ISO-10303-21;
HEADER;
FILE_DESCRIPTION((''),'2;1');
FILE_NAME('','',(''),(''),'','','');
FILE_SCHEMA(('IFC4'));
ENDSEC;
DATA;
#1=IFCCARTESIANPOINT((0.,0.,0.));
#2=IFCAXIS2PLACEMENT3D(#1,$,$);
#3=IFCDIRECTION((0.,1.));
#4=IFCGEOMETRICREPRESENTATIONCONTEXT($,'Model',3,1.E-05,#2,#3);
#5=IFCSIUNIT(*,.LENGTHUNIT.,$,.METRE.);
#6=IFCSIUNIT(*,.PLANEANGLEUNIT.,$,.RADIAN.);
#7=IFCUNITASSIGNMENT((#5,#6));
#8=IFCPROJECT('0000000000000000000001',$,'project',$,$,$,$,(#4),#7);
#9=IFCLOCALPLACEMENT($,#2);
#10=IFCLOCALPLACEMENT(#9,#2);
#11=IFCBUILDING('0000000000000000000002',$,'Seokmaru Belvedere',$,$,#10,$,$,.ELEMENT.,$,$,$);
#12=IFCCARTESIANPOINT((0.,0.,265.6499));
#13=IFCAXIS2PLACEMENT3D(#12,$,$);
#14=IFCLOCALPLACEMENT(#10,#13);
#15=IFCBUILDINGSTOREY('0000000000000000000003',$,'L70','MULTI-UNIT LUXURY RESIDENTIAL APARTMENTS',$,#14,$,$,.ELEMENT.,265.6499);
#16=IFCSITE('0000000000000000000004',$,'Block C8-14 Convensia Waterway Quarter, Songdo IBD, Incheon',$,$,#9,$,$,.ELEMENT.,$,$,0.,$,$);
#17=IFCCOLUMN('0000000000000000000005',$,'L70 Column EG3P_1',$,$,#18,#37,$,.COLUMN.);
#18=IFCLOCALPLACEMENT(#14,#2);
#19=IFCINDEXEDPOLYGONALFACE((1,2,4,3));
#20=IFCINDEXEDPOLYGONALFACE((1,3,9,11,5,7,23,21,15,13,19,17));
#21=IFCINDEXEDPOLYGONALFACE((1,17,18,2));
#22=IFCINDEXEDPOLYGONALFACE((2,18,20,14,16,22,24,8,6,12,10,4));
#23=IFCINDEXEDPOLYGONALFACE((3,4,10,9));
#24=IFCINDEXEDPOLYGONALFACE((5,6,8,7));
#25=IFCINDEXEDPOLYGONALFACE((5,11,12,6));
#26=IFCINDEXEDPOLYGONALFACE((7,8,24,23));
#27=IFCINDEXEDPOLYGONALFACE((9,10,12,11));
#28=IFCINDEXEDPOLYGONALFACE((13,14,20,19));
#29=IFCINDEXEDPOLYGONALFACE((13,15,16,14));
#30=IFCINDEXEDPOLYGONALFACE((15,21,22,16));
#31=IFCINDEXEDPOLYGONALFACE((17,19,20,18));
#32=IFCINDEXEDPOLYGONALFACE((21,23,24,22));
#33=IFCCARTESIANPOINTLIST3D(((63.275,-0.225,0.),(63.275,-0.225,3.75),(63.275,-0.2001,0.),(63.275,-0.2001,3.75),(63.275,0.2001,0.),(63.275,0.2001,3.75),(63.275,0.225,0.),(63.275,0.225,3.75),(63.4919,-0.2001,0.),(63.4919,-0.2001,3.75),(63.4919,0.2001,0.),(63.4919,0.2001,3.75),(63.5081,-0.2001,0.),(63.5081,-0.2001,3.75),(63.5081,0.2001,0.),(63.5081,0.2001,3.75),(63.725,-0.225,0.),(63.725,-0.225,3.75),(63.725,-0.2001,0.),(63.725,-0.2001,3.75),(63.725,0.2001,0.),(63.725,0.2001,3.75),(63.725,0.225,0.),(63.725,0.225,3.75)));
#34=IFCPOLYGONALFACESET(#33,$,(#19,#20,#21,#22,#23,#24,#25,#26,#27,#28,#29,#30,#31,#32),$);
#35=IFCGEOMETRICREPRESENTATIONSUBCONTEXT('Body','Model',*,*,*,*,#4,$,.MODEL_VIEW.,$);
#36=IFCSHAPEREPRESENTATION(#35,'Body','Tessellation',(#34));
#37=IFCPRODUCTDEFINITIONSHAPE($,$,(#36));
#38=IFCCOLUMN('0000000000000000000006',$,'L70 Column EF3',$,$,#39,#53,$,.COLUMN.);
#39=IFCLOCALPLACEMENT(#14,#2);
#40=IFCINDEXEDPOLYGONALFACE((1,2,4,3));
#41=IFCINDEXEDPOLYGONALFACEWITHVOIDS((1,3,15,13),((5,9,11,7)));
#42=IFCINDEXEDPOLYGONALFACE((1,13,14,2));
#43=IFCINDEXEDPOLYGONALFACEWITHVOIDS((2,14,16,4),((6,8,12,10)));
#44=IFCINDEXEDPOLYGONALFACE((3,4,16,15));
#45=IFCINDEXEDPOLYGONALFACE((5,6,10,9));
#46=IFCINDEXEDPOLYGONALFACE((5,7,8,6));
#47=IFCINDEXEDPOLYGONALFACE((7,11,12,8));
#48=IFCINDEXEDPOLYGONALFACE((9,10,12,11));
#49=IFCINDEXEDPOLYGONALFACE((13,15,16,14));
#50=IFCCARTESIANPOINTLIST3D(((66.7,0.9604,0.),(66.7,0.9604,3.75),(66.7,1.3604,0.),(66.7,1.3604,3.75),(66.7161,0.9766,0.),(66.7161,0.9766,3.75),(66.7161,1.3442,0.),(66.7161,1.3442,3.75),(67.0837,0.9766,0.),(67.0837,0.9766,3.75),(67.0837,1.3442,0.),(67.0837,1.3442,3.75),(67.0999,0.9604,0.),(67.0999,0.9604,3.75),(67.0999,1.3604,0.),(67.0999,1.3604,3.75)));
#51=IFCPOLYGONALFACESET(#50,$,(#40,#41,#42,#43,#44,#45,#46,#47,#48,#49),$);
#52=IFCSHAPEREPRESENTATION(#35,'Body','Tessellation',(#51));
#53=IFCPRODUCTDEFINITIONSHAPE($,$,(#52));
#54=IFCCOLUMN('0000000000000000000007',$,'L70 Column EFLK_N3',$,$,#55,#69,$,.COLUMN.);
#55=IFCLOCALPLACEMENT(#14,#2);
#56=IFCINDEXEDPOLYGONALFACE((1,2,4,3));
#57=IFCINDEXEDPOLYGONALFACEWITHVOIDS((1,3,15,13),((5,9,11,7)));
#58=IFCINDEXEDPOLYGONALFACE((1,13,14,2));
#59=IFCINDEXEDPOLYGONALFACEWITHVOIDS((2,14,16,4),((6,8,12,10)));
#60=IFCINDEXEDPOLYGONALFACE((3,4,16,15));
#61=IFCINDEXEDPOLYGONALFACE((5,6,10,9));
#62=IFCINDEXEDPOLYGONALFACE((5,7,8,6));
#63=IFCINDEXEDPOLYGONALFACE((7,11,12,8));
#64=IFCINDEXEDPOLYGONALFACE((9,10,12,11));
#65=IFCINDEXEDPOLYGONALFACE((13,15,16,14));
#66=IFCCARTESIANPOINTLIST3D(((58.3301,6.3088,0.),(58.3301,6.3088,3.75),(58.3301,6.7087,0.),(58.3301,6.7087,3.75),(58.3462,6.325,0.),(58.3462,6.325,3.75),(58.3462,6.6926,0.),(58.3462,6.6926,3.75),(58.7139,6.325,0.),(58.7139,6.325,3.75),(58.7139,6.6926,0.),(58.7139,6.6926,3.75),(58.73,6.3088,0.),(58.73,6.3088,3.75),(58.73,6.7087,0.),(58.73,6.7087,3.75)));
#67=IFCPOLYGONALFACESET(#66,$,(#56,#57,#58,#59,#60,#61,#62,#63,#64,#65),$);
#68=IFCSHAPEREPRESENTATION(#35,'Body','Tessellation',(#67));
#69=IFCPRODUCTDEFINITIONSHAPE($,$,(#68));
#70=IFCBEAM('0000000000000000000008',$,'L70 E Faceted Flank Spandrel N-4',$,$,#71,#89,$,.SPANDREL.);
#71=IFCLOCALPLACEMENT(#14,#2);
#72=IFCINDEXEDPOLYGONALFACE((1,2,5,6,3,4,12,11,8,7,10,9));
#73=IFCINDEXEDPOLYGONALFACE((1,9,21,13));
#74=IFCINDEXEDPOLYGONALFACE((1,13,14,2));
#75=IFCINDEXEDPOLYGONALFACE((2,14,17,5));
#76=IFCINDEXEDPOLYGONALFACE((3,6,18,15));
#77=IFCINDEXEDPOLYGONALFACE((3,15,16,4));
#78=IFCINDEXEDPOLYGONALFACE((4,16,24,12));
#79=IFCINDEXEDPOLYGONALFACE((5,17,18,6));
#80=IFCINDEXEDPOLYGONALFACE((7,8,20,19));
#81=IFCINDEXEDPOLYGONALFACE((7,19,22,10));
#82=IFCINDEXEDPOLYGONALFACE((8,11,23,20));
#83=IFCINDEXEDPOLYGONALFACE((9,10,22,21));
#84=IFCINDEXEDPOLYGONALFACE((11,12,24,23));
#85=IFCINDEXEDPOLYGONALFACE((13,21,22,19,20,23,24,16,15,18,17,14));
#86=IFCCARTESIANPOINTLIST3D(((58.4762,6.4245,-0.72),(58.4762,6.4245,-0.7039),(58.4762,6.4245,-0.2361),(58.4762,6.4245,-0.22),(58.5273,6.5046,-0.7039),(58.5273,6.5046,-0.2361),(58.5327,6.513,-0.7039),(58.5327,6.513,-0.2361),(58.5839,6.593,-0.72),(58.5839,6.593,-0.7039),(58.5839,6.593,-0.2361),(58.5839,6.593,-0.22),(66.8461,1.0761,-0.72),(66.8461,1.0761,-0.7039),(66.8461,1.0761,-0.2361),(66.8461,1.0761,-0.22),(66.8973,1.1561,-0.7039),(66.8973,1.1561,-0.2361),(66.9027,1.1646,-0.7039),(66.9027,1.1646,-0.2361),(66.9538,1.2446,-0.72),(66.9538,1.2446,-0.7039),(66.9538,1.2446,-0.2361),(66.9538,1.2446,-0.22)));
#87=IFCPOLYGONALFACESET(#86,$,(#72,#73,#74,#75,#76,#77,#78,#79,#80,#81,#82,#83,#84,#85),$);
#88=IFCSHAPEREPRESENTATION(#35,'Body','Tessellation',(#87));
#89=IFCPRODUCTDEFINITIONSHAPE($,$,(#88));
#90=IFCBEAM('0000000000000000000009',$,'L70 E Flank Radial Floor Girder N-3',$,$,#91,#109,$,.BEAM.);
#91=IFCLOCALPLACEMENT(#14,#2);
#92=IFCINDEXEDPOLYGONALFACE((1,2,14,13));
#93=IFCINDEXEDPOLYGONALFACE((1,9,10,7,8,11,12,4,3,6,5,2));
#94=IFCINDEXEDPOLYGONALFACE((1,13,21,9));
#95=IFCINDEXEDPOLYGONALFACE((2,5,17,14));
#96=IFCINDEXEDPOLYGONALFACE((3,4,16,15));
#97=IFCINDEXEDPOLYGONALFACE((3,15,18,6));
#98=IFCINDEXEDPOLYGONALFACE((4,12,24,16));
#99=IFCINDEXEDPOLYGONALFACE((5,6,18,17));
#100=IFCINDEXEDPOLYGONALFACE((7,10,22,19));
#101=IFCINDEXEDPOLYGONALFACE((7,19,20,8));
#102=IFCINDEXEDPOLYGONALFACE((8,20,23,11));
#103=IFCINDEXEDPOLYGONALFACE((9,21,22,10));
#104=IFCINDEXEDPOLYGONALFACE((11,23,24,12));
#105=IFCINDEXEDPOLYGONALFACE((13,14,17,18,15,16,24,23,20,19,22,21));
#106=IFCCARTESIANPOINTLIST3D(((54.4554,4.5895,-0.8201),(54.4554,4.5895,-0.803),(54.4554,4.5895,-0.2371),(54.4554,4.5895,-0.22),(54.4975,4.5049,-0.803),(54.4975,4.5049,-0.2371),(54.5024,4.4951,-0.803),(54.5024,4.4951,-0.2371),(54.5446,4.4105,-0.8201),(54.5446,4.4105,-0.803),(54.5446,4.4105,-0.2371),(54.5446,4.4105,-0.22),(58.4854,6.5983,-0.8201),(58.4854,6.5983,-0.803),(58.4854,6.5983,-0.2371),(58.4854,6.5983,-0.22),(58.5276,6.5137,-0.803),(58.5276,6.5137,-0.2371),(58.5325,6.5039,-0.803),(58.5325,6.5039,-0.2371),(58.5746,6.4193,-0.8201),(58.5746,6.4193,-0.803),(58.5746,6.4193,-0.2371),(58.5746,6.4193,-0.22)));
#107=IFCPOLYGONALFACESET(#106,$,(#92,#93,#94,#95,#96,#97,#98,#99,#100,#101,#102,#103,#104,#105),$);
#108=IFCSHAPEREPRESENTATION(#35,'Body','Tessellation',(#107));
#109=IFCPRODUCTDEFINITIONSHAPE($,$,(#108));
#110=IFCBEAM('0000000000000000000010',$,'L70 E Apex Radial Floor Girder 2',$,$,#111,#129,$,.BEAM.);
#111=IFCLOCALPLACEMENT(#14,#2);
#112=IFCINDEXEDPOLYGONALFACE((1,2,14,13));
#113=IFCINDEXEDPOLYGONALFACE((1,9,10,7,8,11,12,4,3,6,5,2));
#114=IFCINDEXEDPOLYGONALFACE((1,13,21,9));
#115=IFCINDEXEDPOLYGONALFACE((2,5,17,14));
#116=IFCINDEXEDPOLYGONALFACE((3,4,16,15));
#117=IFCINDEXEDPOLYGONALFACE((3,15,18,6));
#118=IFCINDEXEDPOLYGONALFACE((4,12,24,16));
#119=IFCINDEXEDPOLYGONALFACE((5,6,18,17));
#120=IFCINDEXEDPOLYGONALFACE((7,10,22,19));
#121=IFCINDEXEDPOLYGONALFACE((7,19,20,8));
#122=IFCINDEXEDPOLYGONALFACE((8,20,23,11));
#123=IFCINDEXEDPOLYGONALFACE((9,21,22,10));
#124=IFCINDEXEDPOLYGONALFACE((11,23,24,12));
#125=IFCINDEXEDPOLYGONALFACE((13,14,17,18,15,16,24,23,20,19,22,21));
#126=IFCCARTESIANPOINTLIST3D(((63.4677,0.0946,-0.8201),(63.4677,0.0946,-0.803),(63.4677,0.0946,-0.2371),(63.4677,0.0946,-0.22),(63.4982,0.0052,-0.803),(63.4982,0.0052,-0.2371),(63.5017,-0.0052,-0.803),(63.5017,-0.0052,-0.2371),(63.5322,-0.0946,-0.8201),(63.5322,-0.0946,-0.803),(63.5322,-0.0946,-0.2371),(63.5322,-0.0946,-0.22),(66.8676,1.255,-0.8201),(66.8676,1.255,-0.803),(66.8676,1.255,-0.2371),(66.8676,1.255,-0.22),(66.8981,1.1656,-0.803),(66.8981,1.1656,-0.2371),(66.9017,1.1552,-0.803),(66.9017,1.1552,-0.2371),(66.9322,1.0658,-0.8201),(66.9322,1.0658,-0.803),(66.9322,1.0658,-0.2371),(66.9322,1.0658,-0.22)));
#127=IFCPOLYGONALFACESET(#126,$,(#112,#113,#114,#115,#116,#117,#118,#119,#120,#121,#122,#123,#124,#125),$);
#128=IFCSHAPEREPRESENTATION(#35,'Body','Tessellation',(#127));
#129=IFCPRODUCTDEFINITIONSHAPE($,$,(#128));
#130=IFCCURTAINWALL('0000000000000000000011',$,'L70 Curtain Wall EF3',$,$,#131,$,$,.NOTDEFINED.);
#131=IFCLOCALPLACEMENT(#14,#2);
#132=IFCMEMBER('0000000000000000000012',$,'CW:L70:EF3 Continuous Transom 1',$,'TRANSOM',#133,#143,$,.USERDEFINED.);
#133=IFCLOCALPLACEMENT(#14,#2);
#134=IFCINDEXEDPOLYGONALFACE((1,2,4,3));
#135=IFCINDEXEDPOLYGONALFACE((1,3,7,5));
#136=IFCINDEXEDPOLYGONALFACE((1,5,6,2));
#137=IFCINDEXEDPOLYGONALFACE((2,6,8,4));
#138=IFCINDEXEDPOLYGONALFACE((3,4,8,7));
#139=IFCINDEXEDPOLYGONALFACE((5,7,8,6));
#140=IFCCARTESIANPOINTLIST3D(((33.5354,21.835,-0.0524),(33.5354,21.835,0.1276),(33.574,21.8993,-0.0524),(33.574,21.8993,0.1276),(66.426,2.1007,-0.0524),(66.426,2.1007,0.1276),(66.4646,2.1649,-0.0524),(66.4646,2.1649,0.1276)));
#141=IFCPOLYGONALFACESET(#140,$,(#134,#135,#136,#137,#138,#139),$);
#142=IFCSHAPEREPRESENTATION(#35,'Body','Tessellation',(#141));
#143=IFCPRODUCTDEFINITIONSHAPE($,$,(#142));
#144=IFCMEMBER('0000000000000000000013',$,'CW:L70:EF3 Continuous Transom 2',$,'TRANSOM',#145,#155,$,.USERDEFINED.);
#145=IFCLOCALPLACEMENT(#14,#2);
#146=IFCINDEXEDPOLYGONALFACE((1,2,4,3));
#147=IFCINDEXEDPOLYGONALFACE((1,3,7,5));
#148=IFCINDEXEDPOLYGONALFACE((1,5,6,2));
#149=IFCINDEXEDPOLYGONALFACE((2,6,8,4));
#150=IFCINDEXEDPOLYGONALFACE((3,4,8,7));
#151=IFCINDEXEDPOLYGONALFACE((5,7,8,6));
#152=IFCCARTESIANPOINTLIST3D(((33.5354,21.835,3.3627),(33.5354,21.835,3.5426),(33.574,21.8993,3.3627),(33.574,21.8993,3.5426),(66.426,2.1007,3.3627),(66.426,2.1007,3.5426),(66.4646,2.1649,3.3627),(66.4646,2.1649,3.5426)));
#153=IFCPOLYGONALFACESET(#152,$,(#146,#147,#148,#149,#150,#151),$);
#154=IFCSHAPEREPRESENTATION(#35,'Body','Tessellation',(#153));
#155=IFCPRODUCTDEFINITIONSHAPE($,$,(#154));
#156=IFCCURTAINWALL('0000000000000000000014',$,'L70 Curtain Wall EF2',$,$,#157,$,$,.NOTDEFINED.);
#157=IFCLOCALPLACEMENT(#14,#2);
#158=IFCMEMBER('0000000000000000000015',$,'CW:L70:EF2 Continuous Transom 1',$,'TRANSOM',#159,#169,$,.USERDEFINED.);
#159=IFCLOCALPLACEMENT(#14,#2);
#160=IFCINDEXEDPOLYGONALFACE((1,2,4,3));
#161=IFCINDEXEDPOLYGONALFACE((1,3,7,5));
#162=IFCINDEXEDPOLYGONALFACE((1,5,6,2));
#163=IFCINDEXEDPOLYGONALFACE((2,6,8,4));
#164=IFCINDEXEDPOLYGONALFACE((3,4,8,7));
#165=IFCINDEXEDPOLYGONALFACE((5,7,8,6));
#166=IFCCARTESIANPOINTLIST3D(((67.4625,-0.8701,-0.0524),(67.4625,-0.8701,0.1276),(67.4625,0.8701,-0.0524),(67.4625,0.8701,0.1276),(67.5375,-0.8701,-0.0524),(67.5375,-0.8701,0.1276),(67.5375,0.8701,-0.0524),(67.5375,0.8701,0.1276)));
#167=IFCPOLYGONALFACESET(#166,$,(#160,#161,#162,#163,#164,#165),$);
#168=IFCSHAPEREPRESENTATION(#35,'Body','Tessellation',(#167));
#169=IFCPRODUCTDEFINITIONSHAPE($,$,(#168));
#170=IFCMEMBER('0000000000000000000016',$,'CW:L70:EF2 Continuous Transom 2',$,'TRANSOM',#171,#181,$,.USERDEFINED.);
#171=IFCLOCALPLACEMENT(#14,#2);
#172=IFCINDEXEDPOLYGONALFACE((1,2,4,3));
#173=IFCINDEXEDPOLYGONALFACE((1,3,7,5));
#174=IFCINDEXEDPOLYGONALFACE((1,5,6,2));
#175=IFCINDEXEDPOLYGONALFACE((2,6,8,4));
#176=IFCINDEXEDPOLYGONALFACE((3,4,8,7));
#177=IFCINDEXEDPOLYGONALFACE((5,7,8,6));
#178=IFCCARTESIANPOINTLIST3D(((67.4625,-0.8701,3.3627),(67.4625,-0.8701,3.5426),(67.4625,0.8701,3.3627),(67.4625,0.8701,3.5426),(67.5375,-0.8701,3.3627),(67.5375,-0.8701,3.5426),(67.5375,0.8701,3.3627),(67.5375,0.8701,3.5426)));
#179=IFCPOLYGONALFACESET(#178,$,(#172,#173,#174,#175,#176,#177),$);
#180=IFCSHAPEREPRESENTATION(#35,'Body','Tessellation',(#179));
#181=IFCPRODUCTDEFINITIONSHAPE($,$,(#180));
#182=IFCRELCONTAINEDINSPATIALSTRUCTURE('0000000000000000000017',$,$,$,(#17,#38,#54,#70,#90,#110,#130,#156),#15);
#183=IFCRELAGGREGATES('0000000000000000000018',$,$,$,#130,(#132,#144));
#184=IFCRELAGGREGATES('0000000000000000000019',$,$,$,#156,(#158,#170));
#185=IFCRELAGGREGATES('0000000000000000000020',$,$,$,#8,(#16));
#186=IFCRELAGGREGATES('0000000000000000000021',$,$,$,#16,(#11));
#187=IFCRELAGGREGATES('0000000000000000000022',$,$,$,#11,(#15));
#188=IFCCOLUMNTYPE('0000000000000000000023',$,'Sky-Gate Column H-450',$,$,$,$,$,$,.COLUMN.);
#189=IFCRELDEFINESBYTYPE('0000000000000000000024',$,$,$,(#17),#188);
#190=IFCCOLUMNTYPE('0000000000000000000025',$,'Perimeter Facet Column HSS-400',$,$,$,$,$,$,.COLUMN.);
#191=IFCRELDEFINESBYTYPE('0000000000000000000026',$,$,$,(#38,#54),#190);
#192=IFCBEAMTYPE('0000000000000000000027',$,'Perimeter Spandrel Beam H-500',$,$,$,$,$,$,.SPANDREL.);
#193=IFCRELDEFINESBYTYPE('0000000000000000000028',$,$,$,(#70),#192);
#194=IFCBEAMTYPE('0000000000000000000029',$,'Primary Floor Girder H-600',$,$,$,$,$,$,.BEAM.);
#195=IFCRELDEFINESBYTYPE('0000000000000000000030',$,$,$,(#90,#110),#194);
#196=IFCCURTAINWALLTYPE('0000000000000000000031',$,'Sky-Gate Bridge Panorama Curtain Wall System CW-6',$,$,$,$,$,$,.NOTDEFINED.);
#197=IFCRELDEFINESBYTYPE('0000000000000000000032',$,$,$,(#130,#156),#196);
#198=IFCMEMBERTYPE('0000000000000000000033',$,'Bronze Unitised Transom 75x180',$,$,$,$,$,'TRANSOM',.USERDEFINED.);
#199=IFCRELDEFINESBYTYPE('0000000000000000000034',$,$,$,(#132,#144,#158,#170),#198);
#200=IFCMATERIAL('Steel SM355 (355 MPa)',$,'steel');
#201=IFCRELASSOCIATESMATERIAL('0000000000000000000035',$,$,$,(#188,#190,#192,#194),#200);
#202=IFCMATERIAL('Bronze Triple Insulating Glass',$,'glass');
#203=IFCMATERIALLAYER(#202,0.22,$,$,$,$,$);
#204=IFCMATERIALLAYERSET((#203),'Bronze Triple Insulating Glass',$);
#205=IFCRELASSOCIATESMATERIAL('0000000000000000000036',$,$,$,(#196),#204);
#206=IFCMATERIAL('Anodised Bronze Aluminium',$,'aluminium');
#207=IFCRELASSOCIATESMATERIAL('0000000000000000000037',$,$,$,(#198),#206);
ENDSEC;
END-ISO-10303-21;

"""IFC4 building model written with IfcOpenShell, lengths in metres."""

from ifc_helpers import new_model, si_unit, direction, frame, origin, origin_2d, place, context, subcontext, project, spatial, rectangle, hollow_rectangle, i_section, extrude, source, transform, mapped, material, layer, layer_set, material_profile, profile_set, type_object, type_shapes, element, aggregate, save


model = new_model("IFC4")

# Units and contexts
model_context = context("Model", 3, precision=1e-05, world=origin(), true_north=direction((0.0, 1.0)))
body_context = subcontext(model_context, "Body", "Model", "MODEL_VIEW")
ifc_project = project(units=[si_unit("LENGTHUNIT", "METRE"), si_unit("PLANEANGLEUNIT", "RADIAN")], contexts=[model_context])

# Site, building, storey
site_placement = place(None, origin())
site = spatial("IfcSite", under=ifc_project, at=site_placement, Name="Block C8-14 Convensia Waterway Quarter, Songdo IBD, Incheon", CompositionType="ELEMENT", RefElevation=0.0)
building_placement = place(site_placement, origin())
building = spatial("IfcBuilding", under=site, at=building_placement, Name="Seokmaru Belvedere", CompositionType="ELEMENT")
storey_placement = place(building_placement, frame((0.0, 0.0, 265.6499)))
storey = spatial("IfcBuildingStorey", under=building, at=storey_placement, Name="L70", Description="MULTI-UNIT LUXURY RESIDENTIAL APARTMENTS", CompositionType="ELEMENT", Elevation=265.6499)

# Columns
ifc_material_1 = material(Name="Steel SM355 (355 MPa)", Category="steel")
ifc_material_profile_1 = material_profile(ifc_material_1, i_section(OverallWidth=0.45, OverallDepth=0.45, WebThickness=0.0161, FlangeThickness=0.0249, at=origin_2d()), Name="H-450x450x16x25")
ifc_profile_set_1 = profile_set([ifc_material_profile_1], Name="Steel SM355 (355 MPa)")
column_type_1 = type_object("IfcColumnType", Name="Sky-Gate Column H-450", PredefinedType="COLUMN", material=ifc_profile_set_1)
shared_shape_1 = source(origin(), body_context, "Body", "SweptSolid", [
    extrude(i_section(OverallWidth=0.45, OverallDepth=0.45, WebThickness=0.0161, FlangeThickness=0.0249, at=origin_2d()), origin(), (0.0, 0.0, 1.0), 3.75),
])
type_shapes(column_type_1, [shared_shape_1])
column_placement = place(storey_placement, frame((63.5, 0.0, 0.0), z_axis=(0.0, 0.0, 1.0), x_axis=(1.0, 0.0, 0.0)))
element("IfcColumn", 1, at=column_placement, inside=storey, type_object=column_type_1, Name="L70 Column EG3P_1", PredefinedType="COLUMN", context=body_context, shape_type="MappedRepresentation", body=[
    mapped(shared_shape_1, transform((0.0, 0.0, 0.0), scale=1.0)),
])
ifc_material_profile_2 = material_profile(ifc_material_1, hollow_rectangle(XDim=0.3999, YDim=0.3999, WallThickness=0.0161, at=origin_2d()), Name="HSS-400x400x16")
ifc_profile_set_2 = profile_set([ifc_material_profile_2], Name="Steel SM355 (355 MPa)")
column_type_2 = type_object("IfcColumnType", Name="Perimeter Facet Column HSS-400", PredefinedType="COLUMN", material=ifc_profile_set_2)
shared_shape_2 = source(origin(), body_context, "Body", "SweptSolid", [
    extrude(hollow_rectangle(XDim=0.3999, YDim=0.3999, WallThickness=0.0161, at=origin_2d()), origin(), (0.0, 0.0, 1.0), 3.75),
])
type_shapes(column_type_2, [shared_shape_2])
for number, where, z_axis, x_axis, name in (
    (2, (66.8999, 1.1604, 0.0), (0.0, 0.0, 1.0), (1.0, 0.0, 0.0), "L70 Column EF3"),
    (3, (58.53, 6.5088, 0.0), (0.0, 0.0, 1.0), (1.0, 0.0, 0.0), "L70 Column EFLK_N3"),
):
    element("IfcColumn", number, at=place(storey_placement, frame(where, z_axis=z_axis, x_axis=x_axis)), inside=storey, type_object=column_type_2, Name=name, PredefinedType="COLUMN", context=body_context, shape_type="MappedRepresentation", body=[
        mapped(shared_shape_2, transform((0.0, 0.0, 0.0), scale=1.0)),
    ])

# Beams
ifc_material_profile_3 = material_profile(ifc_material_1, i_section(OverallWidth=0.2, OverallDepth=0.5, WebThickness=0.01, FlangeThickness=0.0161, at=origin_2d()), Name="H-500x200x10x16")
ifc_profile_set_3 = profile_set([ifc_material_profile_3], Name="Steel SM355 (355 MPa)")
beam_type_1 = type_object("IfcBeamType", Name="Perimeter Spandrel Beam H-500", PredefinedType="SPANDREL", material=ifc_profile_set_3)
shared_shape_3 = source(origin(), body_context, "Body", "SweptSolid", [
    extrude(i_section(OverallWidth=0.2, OverallDepth=0.5, WebThickness=0.01, FlangeThickness=0.0161, at=origin_2d()), origin(), (0.0, 0.0, 1.0), 9.9329),
])
type_shapes(beam_type_1, [shared_shape_3])
beam_1_placement = place(storey_placement, frame((58.53, 6.5088, -0.47), z_axis=(0.842652, -0.538459, 0.0), x_axis=(0.538459, 0.842652, 0.0)))
element("IfcBeam", 4, at=beam_1_placement, inside=storey, type_object=beam_type_1, Name="L70 E Faceted Flank Spandrel N-4", PredefinedType="SPANDREL", context=body_context, shape_type="MappedRepresentation", body=[
    mapped(shared_shape_3, transform((0.0, 0.0, 0.0), scale=1.0)),
])
ifc_material_profile_4 = material_profile(ifc_material_1, i_section(OverallWidth=0.2, OverallDepth=0.6001, WebThickness=0.011, FlangeThickness=0.0171, at=origin_2d()), Name="H-600x200x11x17")
ifc_profile_set_4 = profile_set([ifc_material_profile_4], Name="Steel SM355 (355 MPa)")
beam_type_2 = type_object("IfcBeamType", Name="Primary Floor Girder H-600", PredefinedType="BEAM", material=ifc_profile_set_4)
shared_shape_4 = source(origin(), body_context, "Body", "SweptSolid", [
    extrude(i_section(OverallWidth=0.2, OverallDepth=0.6001, WebThickness=0.011, FlangeThickness=0.0171, at=origin_2d()), origin(), (0.0, 0.0, 1.0), 4.5029),
])
beam_2_placement = place(storey_placement, frame((58.53, 6.5088, -0.52), z_axis=(-0.89498, -0.446107, 0.0), x_axis=(0.446107, -0.89498, 0.0)))
element("IfcBeam", 5, at=beam_2_placement, inside=storey, type_object=beam_type_2, Name="L70 E Flank Radial Floor Girder N-3", PredefinedType="BEAM", context=body_context, shape_type="MappedRepresentation", body=[
    mapped(shared_shape_4, transform((0.0, 0.0, 0.0), scale=1.0)),
])
shared_shape_5 = source(origin(), body_context, "Body", "SweptSolid", [
    extrude(i_section(OverallWidth=0.2, OverallDepth=0.6001, WebThickness=0.011, FlangeThickness=0.0171, at=origin_2d()), origin(), (0.0, 0.0, 1.0), 3.5925),
])
type_shapes(beam_type_2, [shared_shape_4, shared_shape_5])
beam_3_placement = place(storey_placement, frame((66.8999, 1.1604, -0.52), z_axis=(-0.946396, -0.323009, 0.0), x_axis=(0.323009, -0.946396, 0.0)))
element("IfcBeam", 6, at=beam_3_placement, inside=storey, type_object=beam_type_2, Name="L70 E Apex Radial Floor Girder 2", PredefinedType="BEAM", context=body_context, shape_type="MappedRepresentation", body=[
    mapped(shared_shape_5, transform((0.0, 0.0, 0.0), scale=1.0)),
])

# Curtain walls, members
ifc_material_2 = material(Name="Bronze Triple Insulating Glass", Category="glass")
ifc_layer_1 = layer(ifc_material_2, 0.22)
ifc_layer_set_1 = layer_set([ifc_layer_1], Name="Bronze Triple Insulating Glass")
curtain_wall_type = type_object("IfcCurtainWallType", Name="Sky-Gate Bridge Panorama Curtain Wall System CW-6", PredefinedType="NOTDEFINED", material=ifc_layer_set_1)
curtain_wall_1_placement = place(storey_placement, origin())
curtain_wall_1 = element("IfcCurtainWall", 7, at=curtain_wall_1_placement, inside=storey, type_object=curtain_wall_type, Name="L70 Curtain Wall EF3", PredefinedType="NOTDEFINED")
ifc_material_3 = material(Name="Anodised Bronze Aluminium", Category="aluminium")
ifc_material_profile_5 = material_profile(ifc_material_3, rectangle(XDim=0.075, YDim=0.1799, at=origin_2d()), Name="CW-T-75x180")
ifc_profile_set_5 = profile_set([ifc_material_profile_5], Name="Anodised Bronze Aluminium")
member_type_1 = type_object("IfcMemberType", Name="Bronze Unitised Transom 75x180", ElementType="TRANSOM", PredefinedType="USERDEFINED", material=ifc_profile_set_5)
shared_shape_6 = source(origin(), body_context, "Body", "SweptSolid", [
    extrude(rectangle(XDim=0.075, YDim=0.1799, at=origin_2d()), origin(), (0.0, 0.0, 1.0), 38.3567),
])
member_1_placement = place(storey_placement, frame((66.4453, 2.1328, 0.0376), z_axis=(-0.857493, 0.514496, 0.0), x_axis=(-0.514496, -0.857493, 0.0)))
member_1 = element("IfcMember", 8, at=member_1_placement, type_object=member_type_1, Name="CW:L70:EF3 Continuous Transom 1", ObjectType="TRANSOM", PredefinedType="USERDEFINED", context=body_context, shape_type="MappedRepresentation", body=[
    mapped(shared_shape_6, transform((0.0, 0.0, 0.0), scale=1.0)),
])
member_2_placement = place(storey_placement, frame((66.4453, 2.1328, 3.4526), z_axis=(-0.857493, 0.514496, 0.0), x_axis=(-0.514496, -0.857493, 0.0)))
member_2 = element("IfcMember", 9, at=member_2_placement, type_object=member_type_1, Name="CW:L70:EF3 Continuous Transom 2", ObjectType="TRANSOM", PredefinedType="USERDEFINED", context=body_context, shape_type="MappedRepresentation", body=[
    mapped(shared_shape_6, transform((0.0, 0.0, 0.0), scale=1.0)),
])
curtain_wall_2_placement = place(storey_placement, origin())
curtain_wall_2 = element("IfcCurtainWall", 10, at=curtain_wall_2_placement, inside=storey, type_object=curtain_wall_type, Name="L70 Curtain Wall EF2", PredefinedType="NOTDEFINED")
shared_shape_7 = source(origin(), body_context, "Body", "SweptSolid", [
    extrude(rectangle(XDim=0.075, YDim=0.1799, at=origin_2d()), origin(), (0.0, 0.0, 1.0), 1.7402),
])
type_shapes(member_type_1, [shared_shape_6, shared_shape_7])
member_3_placement = place(storey_placement, frame((67.5, -0.8701, 0.0376), z_axis=(0.0, 1.0, 0.0), x_axis=(-1.0, 0.0, 0.0)))
member_3 = element("IfcMember", 11, at=member_3_placement, type_object=member_type_1, Name="CW:L70:EF2 Continuous Transom 1", ObjectType="TRANSOM", PredefinedType="USERDEFINED", context=body_context, shape_type="MappedRepresentation", body=[
    mapped(shared_shape_7, transform((0.0, 0.0, 0.0), scale=1.0)),
])
member_4_placement = place(storey_placement, frame((67.5, -0.8701, 3.4526), z_axis=(0.0, 1.0, 0.0), x_axis=(-1.0, 0.0, 0.0)))
member_4 = element("IfcMember", 12, at=member_4_placement, type_object=member_type_1, Name="CW:L70:EF2 Continuous Transom 2", ObjectType="TRANSOM", PredefinedType="USERDEFINED", context=body_context, shape_type="MappedRepresentation", body=[
    mapped(shared_shape_7, transform((0.0, 0.0, 0.0), scale=1.0)),
])

aggregate(curtain_wall_1, [member_1, member_2])
aggregate(curtain_wall_2, [member_3, member_4])

save(model, "model.ifc")
